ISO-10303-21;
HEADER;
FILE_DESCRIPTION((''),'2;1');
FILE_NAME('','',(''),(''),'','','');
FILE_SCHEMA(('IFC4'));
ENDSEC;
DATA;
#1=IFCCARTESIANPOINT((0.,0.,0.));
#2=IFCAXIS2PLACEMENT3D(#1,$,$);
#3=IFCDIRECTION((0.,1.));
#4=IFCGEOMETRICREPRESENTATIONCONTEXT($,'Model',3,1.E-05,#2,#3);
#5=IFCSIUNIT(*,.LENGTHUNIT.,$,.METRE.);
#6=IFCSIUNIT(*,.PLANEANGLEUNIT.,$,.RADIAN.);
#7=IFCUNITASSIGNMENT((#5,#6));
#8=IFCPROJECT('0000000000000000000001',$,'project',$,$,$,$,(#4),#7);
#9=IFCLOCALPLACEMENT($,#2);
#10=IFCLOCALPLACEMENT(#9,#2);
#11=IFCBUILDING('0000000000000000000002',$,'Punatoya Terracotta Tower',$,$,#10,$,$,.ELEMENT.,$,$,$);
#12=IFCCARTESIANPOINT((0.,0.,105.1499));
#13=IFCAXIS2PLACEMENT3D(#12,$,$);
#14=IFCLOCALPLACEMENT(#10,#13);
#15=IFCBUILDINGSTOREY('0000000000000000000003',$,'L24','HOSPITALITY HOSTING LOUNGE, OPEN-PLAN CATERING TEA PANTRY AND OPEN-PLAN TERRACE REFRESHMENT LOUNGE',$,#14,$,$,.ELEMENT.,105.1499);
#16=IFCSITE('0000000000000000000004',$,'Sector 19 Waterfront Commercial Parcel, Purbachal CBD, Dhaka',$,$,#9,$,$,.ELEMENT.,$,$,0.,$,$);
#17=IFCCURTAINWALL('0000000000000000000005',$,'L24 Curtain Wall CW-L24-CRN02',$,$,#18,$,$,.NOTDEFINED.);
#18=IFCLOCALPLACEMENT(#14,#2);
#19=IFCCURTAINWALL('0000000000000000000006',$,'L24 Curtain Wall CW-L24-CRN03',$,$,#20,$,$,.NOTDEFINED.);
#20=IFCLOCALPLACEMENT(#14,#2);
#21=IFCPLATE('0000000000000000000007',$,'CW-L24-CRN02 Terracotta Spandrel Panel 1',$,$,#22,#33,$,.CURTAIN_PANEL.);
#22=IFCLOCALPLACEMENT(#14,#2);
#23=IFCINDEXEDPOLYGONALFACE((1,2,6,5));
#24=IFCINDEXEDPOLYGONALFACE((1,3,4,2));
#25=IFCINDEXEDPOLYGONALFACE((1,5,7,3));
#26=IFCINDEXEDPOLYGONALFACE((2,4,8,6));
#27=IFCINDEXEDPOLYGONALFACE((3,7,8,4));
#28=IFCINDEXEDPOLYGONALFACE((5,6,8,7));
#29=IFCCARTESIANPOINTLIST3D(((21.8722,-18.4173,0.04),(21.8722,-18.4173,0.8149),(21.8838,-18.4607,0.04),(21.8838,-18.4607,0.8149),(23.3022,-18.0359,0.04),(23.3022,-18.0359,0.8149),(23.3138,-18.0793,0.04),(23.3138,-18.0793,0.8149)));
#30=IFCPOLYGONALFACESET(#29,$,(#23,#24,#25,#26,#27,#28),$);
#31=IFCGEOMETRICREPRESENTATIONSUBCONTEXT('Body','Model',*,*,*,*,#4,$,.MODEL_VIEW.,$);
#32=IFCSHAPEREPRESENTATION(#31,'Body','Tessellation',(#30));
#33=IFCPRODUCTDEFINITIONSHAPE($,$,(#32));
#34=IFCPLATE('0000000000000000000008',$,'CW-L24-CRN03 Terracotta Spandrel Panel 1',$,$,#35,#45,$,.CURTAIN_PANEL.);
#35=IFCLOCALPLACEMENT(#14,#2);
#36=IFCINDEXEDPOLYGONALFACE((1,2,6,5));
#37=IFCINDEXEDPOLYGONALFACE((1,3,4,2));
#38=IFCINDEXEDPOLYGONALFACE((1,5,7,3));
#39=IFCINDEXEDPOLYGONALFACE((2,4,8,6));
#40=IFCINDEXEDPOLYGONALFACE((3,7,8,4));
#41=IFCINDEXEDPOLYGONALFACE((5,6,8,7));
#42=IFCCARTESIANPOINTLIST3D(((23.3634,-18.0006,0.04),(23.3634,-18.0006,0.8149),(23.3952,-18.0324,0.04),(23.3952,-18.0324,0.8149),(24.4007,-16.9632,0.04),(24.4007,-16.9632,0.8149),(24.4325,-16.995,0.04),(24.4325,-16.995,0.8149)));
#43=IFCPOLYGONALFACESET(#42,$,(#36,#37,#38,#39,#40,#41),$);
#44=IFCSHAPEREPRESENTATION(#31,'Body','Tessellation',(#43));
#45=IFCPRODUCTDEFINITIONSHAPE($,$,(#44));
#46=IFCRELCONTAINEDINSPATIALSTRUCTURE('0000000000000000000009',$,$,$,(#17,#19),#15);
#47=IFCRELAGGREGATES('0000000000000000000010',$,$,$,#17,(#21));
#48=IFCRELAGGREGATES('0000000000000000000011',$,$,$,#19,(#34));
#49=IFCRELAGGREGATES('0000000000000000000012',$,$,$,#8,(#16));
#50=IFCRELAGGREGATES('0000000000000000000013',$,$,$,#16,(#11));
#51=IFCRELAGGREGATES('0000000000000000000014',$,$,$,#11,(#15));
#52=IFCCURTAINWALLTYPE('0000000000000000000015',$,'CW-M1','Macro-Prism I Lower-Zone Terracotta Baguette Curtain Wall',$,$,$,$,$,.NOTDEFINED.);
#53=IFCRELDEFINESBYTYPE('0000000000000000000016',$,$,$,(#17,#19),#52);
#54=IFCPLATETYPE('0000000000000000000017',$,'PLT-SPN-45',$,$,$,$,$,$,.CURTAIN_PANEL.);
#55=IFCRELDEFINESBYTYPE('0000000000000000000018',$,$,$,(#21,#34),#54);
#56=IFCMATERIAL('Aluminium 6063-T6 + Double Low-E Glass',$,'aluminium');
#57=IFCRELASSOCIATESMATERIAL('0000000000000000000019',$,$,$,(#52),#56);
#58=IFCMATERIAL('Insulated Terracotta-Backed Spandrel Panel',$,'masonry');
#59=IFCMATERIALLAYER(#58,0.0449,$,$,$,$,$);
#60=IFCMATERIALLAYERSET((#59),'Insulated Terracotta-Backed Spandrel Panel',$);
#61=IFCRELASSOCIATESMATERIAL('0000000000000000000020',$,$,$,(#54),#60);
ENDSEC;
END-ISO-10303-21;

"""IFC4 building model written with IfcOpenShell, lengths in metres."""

from ifc_helpers import new_model, si_unit, direction, frame, origin, origin_2d, place, context, subcontext, project, spatial, rectangle, extrude, material, layer, layer_set, type_object, element, aggregate, save


model = new_model("IFC4")

# Units and contexts
model_context = context("Model", 3, precision=1e-05, world=origin(), true_north=direction((0.0, 1.0)))
body_context = subcontext(model_context, "Body", "Model", "MODEL_VIEW")
ifc_project = project(units=[si_unit("LENGTHUNIT", "METRE"), si_unit("PLANEANGLEUNIT", "RADIAN")], contexts=[model_context])

# Site, building, storey
site_placement = place(None, origin())
site = spatial("IfcSite", under=ifc_project, at=site_placement, Name="Sector 19 Waterfront Commercial Parcel, Purbachal CBD, Dhaka", CompositionType="ELEMENT", RefElevation=0.0)
building_placement = place(site_placement, origin())
building = spatial("IfcBuilding", under=site, at=building_placement, Name="Punatoya Terracotta Tower", CompositionType="ELEMENT")
storey_placement = place(building_placement, frame((0.0, 0.0, 105.1499)))
storey = spatial("IfcBuildingStorey", under=building, at=storey_placement, Name="L24", Description="HOSPITALITY HOSTING LOUNGE, OPEN-PLAN CATERING TEA PANTRY AND OPEN-PLAN TERRACE REFRESHMENT LOUNGE", CompositionType="ELEMENT", Elevation=105.1499)

# Curtain walls
ifc_material_1 = material(Name="Aluminium 6063-T6 + Double Low-E Glass", Category="aluminium")
curtain_wall_type = type_object("IfcCurtainWallType", Name="CW-M1", Description="Macro-Prism I Lower-Zone Terracotta Baguette Curtain Wall", PredefinedType="NOTDEFINED", material=ifc_material_1)
curtain_wall_1_placement = place(storey_placement, origin())
curtain_wall_1 = element("IfcCurtainWall", 1, at=curtain_wall_1_placement, inside=storey, type_object=curtain_wall_type, Name="L24 Curtain Wall CW-L24-CRN02", PredefinedType="NOTDEFINED")
curtain_wall_2_placement = place(storey_placement, origin())
curtain_wall_2 = element("IfcCurtainWall", 2, at=curtain_wall_2_placement, inside=storey, type_object=curtain_wall_type, Name="L24 Curtain Wall CW-L24-CRN03", PredefinedType="NOTDEFINED")

# Plates
ifc_material_2 = material(Name="Insulated Terracotta-Backed Spandrel Panel", Category="masonry")
ifc_layer_1 = layer(ifc_material_2, 0.0449)
ifc_layer_set_1 = layer_set([ifc_layer_1], Name="Insulated Terracotta-Backed Spandrel Panel")
plate_type_1 = type_object("IfcPlateType", Name="PLT-SPN-45", PredefinedType="CURTAIN_PANEL", material=ifc_layer_set_1)
plate_1_placement = place(storey_placement, frame((22.593, -18.2483, 0.04), z_axis=(0.0, 0.0, 1.0), x_axis=(0.966214, 0.257742, 0.0)))
plate_1 = element("IfcPlate", 3, at=plate_1_placement, type_object=plate_type_1, Name="CW-L24-CRN02 Terracotta Spandrel Panel 1", PredefinedType="CURTAIN_PANEL", context=body_context, shape_type="SweptSolid", body=[
    extrude(rectangle(XDim=1.48, YDim=0.0449, at=origin_2d()), origin(), (0.0, 0.0, 1.0), 0.7749),
])
aggregate(curtain_wall_1, [plate_1])
plate_2_placement = place(storey_placement, frame((23.8979, -17.4978, 0.04), z_axis=(0.0, 0.0, 1.0), x_axis=(0.707107, 0.707107, 0.0)))
plate_2 = element("IfcPlate", 4, at=plate_2_placement, type_object=plate_type_1, Name="CW-L24-CRN03 Terracotta Spandrel Panel 1", PredefinedType="CURTAIN_PANEL", context=body_context, shape_type="SweptSolid", body=[
    extrude(rectangle(XDim=1.467, YDim=0.0449, at=origin_2d()), origin(), (0.0, 0.0, 1.0), 0.7749),
])
aggregate(curtain_wall_2, [plate_2])

save(model, "model.ifc")
